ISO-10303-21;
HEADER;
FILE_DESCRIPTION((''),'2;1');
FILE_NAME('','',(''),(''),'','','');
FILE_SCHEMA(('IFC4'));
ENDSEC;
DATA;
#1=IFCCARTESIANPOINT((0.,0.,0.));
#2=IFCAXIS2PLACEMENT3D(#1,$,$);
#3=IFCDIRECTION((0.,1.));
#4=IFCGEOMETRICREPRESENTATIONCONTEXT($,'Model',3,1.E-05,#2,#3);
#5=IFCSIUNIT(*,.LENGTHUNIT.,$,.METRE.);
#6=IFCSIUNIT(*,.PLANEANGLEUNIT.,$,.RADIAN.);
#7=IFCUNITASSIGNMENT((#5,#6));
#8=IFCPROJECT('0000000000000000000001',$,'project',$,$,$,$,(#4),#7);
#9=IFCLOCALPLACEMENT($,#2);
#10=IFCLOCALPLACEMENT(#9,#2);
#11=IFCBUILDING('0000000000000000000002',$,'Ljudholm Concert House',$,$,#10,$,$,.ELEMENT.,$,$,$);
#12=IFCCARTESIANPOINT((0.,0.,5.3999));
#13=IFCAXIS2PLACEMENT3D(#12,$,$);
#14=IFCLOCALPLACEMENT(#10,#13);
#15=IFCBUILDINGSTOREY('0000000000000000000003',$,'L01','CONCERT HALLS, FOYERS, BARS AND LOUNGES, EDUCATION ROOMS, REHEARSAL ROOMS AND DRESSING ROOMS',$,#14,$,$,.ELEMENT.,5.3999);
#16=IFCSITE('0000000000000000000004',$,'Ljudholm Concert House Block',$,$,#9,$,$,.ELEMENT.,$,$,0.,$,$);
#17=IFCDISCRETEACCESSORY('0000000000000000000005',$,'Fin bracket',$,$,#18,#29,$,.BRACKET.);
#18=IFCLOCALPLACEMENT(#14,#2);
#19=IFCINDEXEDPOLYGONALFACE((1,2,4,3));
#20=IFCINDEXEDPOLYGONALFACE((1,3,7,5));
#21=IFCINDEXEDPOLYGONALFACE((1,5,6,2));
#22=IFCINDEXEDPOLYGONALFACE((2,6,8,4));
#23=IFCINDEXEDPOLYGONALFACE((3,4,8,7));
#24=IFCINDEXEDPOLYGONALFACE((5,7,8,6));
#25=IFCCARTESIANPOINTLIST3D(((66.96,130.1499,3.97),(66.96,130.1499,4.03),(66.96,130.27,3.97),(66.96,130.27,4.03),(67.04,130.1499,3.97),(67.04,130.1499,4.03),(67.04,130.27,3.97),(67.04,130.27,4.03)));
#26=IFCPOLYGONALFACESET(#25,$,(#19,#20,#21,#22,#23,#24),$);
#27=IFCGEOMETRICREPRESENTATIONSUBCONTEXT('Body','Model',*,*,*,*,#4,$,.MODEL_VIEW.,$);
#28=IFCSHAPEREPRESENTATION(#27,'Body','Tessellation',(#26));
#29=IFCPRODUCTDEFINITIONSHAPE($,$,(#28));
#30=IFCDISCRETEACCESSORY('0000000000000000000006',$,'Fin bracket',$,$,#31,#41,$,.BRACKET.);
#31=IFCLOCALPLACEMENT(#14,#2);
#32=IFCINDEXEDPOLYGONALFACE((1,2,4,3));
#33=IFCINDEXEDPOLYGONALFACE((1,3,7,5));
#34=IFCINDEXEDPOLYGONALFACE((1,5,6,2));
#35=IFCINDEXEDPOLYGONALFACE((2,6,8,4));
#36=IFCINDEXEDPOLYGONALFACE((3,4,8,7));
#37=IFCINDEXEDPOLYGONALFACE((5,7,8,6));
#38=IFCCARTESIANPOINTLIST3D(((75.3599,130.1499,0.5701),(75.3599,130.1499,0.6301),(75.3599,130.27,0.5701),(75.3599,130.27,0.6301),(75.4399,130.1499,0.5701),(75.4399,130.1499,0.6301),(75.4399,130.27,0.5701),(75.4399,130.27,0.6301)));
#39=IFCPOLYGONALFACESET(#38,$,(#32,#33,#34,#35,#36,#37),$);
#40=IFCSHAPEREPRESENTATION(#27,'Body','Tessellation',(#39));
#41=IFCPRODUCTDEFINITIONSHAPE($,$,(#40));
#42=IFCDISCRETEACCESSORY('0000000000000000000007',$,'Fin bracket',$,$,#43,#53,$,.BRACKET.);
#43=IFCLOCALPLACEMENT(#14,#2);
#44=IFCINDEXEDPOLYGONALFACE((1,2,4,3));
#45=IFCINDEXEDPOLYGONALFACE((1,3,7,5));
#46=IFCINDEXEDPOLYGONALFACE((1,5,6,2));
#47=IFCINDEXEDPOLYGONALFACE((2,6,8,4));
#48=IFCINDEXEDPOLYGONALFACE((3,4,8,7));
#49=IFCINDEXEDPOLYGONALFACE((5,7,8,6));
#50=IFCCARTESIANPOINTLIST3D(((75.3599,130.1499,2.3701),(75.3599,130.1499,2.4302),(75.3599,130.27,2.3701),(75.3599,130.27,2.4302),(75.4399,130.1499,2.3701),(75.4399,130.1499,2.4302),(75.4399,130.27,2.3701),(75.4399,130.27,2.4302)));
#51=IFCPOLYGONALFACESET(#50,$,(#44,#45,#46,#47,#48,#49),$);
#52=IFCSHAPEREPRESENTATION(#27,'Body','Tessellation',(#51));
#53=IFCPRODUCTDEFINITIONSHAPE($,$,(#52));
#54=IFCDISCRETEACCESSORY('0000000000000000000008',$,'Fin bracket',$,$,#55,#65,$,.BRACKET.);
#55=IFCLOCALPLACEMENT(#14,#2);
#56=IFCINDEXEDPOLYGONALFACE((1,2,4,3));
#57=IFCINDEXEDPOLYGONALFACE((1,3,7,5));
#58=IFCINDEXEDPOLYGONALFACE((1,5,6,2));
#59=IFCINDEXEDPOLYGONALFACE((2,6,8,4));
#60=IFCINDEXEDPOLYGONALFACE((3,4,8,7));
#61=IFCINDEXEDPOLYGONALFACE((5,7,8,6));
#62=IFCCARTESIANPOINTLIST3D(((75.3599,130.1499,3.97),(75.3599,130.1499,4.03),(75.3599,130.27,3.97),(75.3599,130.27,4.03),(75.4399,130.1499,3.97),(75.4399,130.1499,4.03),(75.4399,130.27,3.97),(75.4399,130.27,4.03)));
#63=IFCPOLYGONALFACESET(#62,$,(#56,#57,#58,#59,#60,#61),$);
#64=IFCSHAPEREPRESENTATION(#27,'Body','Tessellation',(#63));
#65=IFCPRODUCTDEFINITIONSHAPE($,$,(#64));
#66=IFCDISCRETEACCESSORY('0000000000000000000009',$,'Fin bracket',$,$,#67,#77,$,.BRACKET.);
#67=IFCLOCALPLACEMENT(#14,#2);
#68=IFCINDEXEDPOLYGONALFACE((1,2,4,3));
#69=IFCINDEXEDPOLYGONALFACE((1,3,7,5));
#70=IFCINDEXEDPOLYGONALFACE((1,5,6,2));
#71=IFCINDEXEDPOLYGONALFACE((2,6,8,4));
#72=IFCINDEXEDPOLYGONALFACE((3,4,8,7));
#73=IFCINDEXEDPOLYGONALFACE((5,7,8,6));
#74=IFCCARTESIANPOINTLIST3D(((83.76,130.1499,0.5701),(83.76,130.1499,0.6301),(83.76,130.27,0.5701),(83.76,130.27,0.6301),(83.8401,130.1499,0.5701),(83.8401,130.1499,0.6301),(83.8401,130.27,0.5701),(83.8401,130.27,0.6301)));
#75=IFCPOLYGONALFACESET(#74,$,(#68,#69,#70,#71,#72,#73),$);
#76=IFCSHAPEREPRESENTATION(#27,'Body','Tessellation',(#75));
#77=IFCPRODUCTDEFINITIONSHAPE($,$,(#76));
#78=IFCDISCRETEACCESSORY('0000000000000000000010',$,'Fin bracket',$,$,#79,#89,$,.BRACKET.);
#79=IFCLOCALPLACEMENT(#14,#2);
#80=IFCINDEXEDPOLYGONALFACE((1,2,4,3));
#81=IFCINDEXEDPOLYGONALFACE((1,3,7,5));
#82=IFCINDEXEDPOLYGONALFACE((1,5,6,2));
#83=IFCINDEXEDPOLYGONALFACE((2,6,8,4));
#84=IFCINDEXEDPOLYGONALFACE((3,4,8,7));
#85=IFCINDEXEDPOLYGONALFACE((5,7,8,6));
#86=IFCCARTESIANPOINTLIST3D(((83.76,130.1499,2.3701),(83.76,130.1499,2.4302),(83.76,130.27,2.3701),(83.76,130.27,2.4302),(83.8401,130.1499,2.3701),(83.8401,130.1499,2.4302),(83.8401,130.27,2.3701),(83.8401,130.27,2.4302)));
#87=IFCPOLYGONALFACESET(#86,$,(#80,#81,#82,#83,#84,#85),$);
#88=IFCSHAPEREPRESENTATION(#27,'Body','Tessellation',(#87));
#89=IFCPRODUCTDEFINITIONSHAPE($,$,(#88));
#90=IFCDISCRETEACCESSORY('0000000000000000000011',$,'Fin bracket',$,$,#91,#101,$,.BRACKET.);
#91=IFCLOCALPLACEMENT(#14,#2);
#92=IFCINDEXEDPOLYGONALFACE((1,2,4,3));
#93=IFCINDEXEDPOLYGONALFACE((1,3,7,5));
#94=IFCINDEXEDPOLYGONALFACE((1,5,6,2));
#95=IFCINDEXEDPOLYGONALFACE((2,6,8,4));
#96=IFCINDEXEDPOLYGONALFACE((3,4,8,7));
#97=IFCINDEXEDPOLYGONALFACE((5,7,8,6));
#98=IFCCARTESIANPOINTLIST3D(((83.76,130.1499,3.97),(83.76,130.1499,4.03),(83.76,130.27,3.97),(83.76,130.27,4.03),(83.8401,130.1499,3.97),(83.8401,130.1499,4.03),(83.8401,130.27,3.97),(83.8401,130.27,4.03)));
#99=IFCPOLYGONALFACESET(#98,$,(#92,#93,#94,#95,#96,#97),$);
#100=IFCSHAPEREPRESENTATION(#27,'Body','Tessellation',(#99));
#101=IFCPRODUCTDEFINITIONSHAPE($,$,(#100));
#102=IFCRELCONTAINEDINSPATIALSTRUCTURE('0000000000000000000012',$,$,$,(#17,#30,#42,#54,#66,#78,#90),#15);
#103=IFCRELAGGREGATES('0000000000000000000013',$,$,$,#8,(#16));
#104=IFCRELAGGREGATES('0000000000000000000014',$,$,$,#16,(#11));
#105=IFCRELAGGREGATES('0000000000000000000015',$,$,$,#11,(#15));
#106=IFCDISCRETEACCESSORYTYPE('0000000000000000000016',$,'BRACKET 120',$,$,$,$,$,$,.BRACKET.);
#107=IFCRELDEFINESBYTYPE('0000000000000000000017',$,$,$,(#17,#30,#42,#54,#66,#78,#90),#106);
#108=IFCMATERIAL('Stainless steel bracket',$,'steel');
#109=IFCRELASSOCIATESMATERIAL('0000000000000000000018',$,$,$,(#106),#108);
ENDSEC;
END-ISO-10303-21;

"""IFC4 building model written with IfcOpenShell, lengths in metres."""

from ifc_helpers import new_model, si_unit, direction, frame, origin, origin_2d, place, context, subcontext, project, spatial, rectangle, extrude, material, type_object, element, save


model = new_model("IFC4")

# Units and contexts
model_context = context("Model", 3, precision=1e-05, world=origin(), true_north=direction((0.0, 1.0)))
body_context = subcontext(model_context, "Body", "Model", "MODEL_VIEW")
ifc_project = project(units=[si_unit("LENGTHUNIT", "METRE"), si_unit("PLANEANGLEUNIT", "RADIAN")], contexts=[model_context])

# Site, building, storey
site_placement = place(None, origin())
site = spatial("IfcSite", under=ifc_project, at=site_placement, Name="Ljudholm Concert House Block", CompositionType="ELEMENT", RefElevation=0.0)
building_placement = place(site_placement, origin())
building = spatial("IfcBuilding", under=site, at=building_placement, Name="Ljudholm Concert House", CompositionType="ELEMENT")
storey_placement = place(building_placement, frame((0.0, 0.0, 5.3999)))
storey = spatial("IfcBuildingStorey", under=building, at=storey_placement, Name="L01", Description="CONCERT HALLS, FOYERS, BARS AND LOUNGES, EDUCATION ROOMS, REHEARSAL ROOMS AND DRESSING ROOMS", CompositionType="ELEMENT", Elevation=5.3999)

# Discrete accessories
ifc_material_1 = material(Name="Stainless steel bracket", Category="steel")
discrete_accessory_type = type_object("IfcDiscreteAccessoryType", Name="BRACKET 120", PredefinedType="BRACKET", material=ifc_material_1)
for number, where, z_axis, x_axis, name in (
    (1, (67.0, 130.21, 3.97), (0.0, 0.0, 1.0), (0.0, 1.0, 0.0), "Fin bracket"),
    (2, (75.3999, 130.21, 0.5701), (0.0, 0.0, 1.0), (0.0, 1.0, 0.0), "Fin bracket"),
    (3, (75.3999, 130.21, 2.3701), (0.0, 0.0, 1.0), (0.0, 1.0, 0.0), "Fin bracket"),
    (4, (75.3999, 130.21, 3.97), (0.0, 0.0, 1.0), (0.0, 1.0, 0.0), "Fin bracket"),
    (5, (83.8, 130.21, 0.5701), (0.0, 0.0, 1.0), (0.0, 1.0, 0.0), "Fin bracket"),
    (6, (83.8, 130.21, 2.3701), (0.0, 0.0, 1.0), (0.0, 1.0, 0.0), "Fin bracket"),
    (7, (83.8, 130.21, 3.97), (0.0, 0.0, 1.0), (0.0, 1.0, 0.0), "Fin bracket"),
):
    element("IfcDiscreteAccessory", number, at=place(storey_placement, frame(where, z_axis=z_axis, x_axis=x_axis)), inside=storey, type_object=discrete_accessory_type, Name=name, PredefinedType="BRACKET", context=body_context, shape_type="SweptSolid", body=[
        extrude(rectangle(XDim=0.1201, YDim=0.0801, at=origin_2d()), origin(), (0.0, 0.0, 1.0), 0.0601),
    ])

save(model, "model.ifc")
